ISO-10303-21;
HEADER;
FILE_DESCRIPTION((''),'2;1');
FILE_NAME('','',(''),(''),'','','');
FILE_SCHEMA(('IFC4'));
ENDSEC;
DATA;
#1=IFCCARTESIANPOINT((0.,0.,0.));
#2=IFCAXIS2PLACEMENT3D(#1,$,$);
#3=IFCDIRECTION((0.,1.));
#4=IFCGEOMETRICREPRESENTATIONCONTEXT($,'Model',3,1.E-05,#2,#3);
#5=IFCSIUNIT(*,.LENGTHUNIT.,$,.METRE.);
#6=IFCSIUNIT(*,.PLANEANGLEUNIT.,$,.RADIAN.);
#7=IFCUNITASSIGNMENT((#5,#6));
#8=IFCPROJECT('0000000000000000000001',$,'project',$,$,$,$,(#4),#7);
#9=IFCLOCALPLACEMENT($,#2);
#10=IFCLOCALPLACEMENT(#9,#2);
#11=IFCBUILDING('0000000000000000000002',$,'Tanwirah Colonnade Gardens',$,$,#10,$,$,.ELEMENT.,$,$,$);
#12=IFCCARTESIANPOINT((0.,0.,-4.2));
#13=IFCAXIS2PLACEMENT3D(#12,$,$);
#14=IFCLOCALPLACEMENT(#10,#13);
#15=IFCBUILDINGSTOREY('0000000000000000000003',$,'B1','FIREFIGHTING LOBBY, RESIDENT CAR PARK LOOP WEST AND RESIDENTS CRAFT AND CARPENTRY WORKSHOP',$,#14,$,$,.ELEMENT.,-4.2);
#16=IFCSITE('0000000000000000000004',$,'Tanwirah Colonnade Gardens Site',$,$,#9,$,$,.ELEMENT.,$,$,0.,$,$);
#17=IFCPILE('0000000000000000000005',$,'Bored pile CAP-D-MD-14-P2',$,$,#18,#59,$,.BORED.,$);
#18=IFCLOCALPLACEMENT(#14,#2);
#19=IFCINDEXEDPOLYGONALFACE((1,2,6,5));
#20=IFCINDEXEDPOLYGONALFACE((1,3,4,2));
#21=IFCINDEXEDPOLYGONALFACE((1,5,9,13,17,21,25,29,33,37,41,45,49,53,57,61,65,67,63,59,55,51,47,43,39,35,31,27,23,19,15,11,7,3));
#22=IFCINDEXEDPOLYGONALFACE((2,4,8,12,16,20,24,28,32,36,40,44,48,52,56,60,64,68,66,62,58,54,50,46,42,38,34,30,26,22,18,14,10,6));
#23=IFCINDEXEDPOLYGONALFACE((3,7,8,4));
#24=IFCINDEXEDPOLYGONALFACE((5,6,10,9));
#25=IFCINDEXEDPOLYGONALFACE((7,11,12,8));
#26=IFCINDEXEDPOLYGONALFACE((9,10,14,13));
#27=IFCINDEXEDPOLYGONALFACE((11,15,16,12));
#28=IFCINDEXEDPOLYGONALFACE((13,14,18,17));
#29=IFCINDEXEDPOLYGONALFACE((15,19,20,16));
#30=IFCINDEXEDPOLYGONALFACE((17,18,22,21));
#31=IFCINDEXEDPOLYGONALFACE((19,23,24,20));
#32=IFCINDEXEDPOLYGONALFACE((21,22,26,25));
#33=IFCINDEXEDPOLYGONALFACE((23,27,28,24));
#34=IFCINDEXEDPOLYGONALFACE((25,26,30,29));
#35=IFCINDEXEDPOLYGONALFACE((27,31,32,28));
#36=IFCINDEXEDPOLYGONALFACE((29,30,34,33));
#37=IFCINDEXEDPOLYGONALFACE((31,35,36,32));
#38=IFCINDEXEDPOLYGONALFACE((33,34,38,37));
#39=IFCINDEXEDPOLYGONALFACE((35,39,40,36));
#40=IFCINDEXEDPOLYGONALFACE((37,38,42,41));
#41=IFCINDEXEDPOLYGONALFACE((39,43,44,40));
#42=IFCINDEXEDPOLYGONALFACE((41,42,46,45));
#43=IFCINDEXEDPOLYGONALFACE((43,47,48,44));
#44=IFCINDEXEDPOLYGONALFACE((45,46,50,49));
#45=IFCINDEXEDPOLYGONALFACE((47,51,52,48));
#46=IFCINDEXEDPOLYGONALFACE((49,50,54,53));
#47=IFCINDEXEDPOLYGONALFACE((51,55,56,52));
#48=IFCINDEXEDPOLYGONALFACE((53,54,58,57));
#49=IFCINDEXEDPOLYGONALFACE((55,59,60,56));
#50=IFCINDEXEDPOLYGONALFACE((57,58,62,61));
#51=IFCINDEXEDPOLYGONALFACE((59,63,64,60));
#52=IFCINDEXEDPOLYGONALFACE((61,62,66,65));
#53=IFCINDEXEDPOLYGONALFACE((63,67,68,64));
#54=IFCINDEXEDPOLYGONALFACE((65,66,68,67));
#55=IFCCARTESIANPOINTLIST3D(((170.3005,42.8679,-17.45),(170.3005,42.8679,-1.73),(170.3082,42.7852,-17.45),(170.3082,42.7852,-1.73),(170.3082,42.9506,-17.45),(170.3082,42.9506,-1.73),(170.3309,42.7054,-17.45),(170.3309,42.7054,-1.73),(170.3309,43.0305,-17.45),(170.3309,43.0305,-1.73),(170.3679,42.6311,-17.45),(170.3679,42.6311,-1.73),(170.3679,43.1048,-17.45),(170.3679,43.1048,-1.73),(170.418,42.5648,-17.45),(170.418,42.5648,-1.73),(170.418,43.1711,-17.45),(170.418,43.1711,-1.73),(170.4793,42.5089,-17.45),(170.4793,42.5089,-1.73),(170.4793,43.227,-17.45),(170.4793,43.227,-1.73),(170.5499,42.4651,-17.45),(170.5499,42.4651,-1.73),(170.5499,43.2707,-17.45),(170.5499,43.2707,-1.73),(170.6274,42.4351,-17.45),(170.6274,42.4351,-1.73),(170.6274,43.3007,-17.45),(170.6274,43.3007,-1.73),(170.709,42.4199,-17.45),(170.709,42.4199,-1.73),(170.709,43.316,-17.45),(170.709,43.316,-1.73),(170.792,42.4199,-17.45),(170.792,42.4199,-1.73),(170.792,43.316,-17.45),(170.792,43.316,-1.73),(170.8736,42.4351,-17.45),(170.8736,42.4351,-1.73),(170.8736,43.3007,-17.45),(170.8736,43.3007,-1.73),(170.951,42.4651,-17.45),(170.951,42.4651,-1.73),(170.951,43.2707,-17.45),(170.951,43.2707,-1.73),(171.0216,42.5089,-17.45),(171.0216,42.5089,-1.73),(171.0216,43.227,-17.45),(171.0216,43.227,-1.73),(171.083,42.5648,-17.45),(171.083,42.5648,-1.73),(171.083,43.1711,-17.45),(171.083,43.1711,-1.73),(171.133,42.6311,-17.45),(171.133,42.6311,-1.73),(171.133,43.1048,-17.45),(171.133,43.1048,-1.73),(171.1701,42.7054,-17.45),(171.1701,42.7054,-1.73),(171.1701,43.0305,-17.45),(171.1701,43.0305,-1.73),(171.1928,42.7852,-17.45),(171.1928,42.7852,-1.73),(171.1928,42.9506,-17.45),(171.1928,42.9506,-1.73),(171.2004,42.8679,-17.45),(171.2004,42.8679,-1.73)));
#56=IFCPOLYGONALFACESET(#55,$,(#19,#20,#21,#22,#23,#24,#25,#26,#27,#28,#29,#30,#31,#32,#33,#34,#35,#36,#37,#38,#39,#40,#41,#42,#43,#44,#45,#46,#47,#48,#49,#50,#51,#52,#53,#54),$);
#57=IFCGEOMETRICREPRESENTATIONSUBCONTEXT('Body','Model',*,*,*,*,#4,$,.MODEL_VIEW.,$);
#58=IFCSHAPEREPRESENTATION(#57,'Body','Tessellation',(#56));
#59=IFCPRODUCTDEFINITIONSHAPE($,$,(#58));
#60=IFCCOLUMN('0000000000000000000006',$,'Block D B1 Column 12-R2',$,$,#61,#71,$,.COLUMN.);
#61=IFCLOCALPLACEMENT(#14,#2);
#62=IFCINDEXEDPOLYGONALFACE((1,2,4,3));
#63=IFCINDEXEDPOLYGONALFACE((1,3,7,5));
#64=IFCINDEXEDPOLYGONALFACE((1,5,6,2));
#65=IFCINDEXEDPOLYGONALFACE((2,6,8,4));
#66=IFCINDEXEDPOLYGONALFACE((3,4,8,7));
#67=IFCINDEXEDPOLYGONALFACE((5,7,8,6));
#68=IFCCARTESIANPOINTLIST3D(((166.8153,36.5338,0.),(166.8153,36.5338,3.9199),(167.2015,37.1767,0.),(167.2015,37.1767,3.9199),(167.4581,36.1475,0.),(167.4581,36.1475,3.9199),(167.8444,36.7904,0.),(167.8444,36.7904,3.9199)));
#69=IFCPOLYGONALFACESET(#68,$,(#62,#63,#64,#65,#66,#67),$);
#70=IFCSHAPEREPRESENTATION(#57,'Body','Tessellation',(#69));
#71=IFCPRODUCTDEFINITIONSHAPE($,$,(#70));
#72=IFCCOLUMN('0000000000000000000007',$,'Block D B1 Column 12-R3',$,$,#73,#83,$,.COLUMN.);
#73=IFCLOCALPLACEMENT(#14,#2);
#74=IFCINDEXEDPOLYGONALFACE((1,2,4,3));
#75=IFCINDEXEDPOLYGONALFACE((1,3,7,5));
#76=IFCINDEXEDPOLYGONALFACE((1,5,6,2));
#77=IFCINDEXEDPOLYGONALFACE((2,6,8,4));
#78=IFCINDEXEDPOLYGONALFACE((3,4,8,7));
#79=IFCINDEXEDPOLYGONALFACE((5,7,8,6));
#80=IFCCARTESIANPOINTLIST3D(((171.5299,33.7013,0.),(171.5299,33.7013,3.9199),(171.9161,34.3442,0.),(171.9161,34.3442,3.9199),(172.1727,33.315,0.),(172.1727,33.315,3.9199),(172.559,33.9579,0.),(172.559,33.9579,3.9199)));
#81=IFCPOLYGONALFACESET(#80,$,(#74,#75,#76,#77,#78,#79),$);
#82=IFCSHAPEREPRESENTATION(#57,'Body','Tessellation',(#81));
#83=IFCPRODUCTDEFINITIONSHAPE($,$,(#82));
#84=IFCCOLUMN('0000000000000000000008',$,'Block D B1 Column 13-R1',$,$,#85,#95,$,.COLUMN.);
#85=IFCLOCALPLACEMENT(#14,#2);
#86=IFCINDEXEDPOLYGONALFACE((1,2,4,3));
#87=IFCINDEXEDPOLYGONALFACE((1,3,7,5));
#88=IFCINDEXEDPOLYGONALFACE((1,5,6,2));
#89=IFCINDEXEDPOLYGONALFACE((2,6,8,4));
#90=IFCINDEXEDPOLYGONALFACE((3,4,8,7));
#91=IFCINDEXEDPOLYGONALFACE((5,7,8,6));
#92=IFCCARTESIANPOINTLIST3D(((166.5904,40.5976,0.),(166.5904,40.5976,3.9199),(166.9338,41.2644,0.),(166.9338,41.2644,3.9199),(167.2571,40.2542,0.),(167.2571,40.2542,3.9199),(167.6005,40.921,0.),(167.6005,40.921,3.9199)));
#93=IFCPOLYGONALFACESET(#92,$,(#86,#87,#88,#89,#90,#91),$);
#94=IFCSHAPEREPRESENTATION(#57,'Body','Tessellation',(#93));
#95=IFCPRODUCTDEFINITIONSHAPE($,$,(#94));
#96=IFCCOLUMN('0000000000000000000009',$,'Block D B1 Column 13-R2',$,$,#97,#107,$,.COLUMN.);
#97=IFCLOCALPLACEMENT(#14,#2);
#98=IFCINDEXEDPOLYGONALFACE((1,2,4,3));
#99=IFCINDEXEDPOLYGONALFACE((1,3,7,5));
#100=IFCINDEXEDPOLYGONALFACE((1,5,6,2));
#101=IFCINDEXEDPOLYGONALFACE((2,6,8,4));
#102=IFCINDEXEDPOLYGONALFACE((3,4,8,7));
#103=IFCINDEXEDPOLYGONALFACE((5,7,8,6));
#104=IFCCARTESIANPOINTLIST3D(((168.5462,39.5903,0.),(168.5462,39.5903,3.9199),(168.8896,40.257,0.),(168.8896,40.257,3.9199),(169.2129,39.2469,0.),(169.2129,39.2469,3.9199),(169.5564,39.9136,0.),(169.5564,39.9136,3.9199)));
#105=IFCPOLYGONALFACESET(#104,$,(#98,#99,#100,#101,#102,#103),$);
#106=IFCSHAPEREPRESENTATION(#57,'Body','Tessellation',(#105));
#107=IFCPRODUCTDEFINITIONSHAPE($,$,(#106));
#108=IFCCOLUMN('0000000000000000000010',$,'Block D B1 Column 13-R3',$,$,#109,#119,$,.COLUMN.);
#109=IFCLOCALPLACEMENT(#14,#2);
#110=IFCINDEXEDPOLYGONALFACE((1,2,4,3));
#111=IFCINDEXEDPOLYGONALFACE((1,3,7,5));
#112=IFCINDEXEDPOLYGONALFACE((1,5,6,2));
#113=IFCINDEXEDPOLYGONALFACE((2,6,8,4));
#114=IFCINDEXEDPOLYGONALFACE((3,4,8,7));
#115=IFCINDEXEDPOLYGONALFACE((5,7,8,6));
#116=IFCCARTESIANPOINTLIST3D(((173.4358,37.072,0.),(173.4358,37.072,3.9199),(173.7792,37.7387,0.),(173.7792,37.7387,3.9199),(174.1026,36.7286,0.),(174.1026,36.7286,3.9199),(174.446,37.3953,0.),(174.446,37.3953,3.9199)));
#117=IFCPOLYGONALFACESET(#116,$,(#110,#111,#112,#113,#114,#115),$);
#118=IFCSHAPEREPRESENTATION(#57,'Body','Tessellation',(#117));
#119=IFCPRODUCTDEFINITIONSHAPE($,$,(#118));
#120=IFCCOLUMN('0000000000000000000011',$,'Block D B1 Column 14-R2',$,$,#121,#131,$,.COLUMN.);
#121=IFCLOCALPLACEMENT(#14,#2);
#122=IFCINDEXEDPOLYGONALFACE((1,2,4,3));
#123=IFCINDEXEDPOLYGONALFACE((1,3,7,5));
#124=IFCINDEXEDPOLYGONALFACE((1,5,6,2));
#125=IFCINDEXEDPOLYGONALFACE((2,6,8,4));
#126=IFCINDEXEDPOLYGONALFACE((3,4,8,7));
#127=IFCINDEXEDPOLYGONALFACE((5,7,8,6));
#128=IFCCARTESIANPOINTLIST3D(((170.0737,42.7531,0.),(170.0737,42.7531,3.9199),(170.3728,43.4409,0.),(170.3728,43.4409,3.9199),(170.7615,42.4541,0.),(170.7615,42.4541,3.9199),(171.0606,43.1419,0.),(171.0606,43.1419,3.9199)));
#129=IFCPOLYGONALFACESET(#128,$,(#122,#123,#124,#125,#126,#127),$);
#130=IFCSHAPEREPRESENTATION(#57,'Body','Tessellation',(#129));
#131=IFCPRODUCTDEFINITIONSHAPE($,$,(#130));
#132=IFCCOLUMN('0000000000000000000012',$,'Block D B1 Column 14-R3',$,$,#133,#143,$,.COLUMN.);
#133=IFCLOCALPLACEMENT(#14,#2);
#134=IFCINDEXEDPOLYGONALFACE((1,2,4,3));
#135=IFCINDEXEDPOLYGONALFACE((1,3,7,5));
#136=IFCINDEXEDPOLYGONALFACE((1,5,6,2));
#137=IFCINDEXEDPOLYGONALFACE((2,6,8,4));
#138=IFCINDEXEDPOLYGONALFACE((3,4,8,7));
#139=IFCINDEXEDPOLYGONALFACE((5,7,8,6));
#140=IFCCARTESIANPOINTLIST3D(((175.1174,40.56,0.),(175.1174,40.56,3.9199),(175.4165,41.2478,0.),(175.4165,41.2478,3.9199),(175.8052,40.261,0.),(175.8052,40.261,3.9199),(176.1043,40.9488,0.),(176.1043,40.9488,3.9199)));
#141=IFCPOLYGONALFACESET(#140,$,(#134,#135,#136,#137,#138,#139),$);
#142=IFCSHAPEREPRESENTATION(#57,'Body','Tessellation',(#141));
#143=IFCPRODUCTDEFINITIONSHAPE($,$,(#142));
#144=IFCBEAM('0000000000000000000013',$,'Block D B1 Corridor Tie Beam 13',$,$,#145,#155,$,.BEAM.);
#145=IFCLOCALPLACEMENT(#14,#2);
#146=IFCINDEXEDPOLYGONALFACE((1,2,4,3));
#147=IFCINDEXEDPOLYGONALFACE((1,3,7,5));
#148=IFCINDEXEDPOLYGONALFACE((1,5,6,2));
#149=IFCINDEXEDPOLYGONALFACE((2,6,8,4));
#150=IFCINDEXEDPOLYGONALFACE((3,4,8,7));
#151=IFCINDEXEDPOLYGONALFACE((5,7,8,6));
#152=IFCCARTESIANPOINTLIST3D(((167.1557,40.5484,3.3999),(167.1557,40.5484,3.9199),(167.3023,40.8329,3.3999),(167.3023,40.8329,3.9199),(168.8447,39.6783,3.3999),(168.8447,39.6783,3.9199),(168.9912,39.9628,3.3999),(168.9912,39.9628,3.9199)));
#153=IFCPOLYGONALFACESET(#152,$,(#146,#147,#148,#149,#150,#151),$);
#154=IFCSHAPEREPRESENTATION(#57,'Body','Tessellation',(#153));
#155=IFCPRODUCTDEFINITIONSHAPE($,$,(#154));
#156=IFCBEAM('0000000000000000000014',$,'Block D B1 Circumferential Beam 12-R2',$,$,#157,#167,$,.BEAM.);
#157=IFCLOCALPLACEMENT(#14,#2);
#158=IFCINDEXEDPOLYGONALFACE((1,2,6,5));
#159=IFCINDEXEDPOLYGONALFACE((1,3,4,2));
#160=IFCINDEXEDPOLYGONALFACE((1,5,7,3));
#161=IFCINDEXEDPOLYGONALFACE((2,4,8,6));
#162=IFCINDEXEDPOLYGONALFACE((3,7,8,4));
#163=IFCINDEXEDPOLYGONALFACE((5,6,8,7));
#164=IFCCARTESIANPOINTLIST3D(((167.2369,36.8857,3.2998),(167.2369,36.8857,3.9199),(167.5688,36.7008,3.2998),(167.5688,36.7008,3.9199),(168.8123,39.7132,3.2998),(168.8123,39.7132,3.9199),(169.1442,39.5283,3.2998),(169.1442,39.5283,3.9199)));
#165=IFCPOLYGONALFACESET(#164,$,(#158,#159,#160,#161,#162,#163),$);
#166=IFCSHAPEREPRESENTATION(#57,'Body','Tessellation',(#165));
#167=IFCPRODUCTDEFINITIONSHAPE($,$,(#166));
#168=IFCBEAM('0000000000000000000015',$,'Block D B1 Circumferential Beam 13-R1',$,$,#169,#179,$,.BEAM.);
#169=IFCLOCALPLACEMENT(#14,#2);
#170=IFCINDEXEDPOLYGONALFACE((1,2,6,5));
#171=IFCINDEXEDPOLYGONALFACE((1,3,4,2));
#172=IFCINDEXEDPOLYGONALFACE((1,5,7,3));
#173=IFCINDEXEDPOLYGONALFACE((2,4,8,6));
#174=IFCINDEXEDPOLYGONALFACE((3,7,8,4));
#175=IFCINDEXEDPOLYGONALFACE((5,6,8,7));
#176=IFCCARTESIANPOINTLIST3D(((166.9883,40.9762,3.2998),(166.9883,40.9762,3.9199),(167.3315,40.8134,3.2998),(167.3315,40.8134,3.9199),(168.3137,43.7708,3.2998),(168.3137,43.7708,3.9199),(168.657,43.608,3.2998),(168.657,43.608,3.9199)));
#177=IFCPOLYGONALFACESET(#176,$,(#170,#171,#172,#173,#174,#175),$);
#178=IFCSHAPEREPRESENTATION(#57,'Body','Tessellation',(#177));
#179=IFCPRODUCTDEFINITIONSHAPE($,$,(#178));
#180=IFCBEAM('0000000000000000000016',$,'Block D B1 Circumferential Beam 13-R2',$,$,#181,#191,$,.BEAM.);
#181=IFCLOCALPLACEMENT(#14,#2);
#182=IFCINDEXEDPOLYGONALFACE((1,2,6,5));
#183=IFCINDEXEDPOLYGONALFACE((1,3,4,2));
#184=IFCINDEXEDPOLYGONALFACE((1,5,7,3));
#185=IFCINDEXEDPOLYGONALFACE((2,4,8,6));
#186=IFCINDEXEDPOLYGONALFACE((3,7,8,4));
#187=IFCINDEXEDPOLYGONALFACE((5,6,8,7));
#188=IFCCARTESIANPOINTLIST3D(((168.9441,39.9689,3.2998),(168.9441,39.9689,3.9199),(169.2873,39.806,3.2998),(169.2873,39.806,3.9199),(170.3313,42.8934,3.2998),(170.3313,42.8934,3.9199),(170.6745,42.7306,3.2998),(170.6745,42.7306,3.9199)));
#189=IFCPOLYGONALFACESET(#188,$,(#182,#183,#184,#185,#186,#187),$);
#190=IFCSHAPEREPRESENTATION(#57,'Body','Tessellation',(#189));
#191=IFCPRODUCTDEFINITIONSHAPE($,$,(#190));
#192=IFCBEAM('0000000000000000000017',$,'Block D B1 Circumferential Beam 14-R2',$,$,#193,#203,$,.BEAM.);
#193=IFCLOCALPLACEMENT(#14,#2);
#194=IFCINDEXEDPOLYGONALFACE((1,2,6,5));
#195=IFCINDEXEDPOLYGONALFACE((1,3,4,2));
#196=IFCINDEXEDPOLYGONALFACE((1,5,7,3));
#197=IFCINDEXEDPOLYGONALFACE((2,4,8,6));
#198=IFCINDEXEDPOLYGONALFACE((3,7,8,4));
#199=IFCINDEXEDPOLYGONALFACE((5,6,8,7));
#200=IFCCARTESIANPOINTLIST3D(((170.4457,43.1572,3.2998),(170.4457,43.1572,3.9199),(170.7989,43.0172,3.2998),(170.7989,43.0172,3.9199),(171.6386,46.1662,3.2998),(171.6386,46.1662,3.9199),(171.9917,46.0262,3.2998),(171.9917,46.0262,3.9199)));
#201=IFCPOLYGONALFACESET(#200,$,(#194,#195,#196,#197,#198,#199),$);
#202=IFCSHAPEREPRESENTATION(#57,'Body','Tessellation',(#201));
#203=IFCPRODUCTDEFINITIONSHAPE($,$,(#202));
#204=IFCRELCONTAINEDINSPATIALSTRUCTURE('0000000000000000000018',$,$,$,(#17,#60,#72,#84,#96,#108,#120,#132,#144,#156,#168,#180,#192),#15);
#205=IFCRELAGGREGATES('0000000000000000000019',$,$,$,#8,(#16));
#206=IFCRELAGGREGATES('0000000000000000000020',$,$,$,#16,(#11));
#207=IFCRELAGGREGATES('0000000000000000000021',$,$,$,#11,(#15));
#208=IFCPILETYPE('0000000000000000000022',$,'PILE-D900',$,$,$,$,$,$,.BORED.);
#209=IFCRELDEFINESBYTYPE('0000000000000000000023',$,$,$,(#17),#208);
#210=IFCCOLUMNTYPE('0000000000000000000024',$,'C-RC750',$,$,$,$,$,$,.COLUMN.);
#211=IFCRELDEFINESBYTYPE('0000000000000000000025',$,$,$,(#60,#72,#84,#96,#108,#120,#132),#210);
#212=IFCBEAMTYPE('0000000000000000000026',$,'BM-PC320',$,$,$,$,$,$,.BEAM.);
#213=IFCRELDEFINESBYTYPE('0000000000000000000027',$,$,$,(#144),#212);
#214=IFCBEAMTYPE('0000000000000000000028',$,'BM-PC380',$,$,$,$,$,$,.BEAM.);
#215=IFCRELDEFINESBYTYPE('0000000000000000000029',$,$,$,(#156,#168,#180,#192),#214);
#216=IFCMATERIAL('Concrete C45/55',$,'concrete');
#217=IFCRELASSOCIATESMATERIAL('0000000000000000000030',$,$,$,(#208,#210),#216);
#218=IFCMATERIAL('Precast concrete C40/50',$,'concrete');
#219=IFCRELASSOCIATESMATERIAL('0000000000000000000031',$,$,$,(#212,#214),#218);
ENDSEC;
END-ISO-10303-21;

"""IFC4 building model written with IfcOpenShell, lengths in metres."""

from ifc_helpers import new_model, si_unit, direction, frame, origin, origin_2d, place, context, subcontext, project, spatial, rectangle, circle, extrude, material, material_profile, profile_set, type_object, element, save


model = new_model("IFC4")

# Units and contexts
model_context = context("Model", 3, precision=1e-05, world=origin(), true_north=direction((0.0, 1.0)))
body_context = subcontext(model_context, "Body", "Model", "MODEL_VIEW")
ifc_project = project(units=[si_unit("LENGTHUNIT", "METRE"), si_unit("PLANEANGLEUNIT", "RADIAN")], contexts=[model_context])

# Site, building, storey
site_placement = place(None, origin())
site = spatial("IfcSite", under=ifc_project, at=site_placement, Name="Tanwirah Colonnade Gardens Site", CompositionType="ELEMENT", RefElevation=0.0)
building_placement = place(site_placement, origin())
building = spatial("IfcBuilding", under=site, at=building_placement, Name="Tanwirah Colonnade Gardens", CompositionType="ELEMENT")
storey_placement = place(building_placement, frame((0.0, 0.0, -4.2)))
storey = spatial("IfcBuildingStorey", under=building, at=storey_placement, Name="B1", Description="FIREFIGHTING LOBBY, RESIDENT CAR PARK LOOP WEST AND RESIDENTS CRAFT AND CARPENTRY WORKSHOP", CompositionType="ELEMENT", Elevation=-4.2)

# Shared definitions
ifc_material_1 = material(Name="Concrete C45/55", Category="concrete")

# Pile
ifc_material_profile_1 = material_profile(ifc_material_1, circle(Radius=0.45, at=origin_2d()), Name="PILE D900")
ifc_profile_set_1 = profile_set([ifc_material_profile_1], Name="Concrete C45/55")
pile_type_1 = type_object("IfcPileType", Name="PILE-D900", PredefinedType="BORED", material=ifc_profile_set_1)
for number, where, z_axis, x_axis, name in (
    (1, (170.7505, 42.8679, -1.73), (0.0, 0.0, -1.0), (1.0, 0.0, 0.0), "Bored pile CAP-D-MD-14-P2"),
):
    element("IfcPile", number, at=place(storey_placement, frame(where, z_axis=z_axis, x_axis=x_axis)), inside=storey, type_object=pile_type_1, Name=name, PredefinedType="BORED", context=body_context, shape_type="SweptSolid", body=[
        extrude(circle(Radius=0.45, at=origin_2d()), origin(), (0.0, 0.0, 1.0), 15.72),
    ])

# Columns
ifc_material_profile_2 = material_profile(ifc_material_1, rectangle(XDim=0.75, YDim=0.75, at=origin_2d()), Name="RC-COL 750x750")
ifc_profile_set_2 = profile_set([ifc_material_profile_2], Name="Concrete C45/55")
column_type = type_object("IfcColumnType", Name="C-RC750", PredefinedType="COLUMN", material=ifc_profile_set_2)
for number, where, z_axis, x_axis, name in (
    (2, (167.3298, 36.6621, 0.0), (0.0, 0.0, 1.0), (0.857167, -0.515038, 0.0), "Block D B1 Column 12-R2"),
    (3, (172.0444, 33.8296, 0.0), (0.0, 0.0, 1.0), (0.857167, -0.515038, 0.0), "Block D B1 Column 12-R3"),
    (4, (167.0955, 40.7593, 0.0), (0.0, 0.0, 1.0), (0.889017, -0.457874, 0.0), "Block D B1 Column 13-R1"),
    (5, (169.0513, 39.752, 0.0), (0.0, 0.0, 1.0), (0.889017, -0.457874, 0.0), "Block D B1 Column 13-R2"),
    (6, (173.9409, 37.2336, 0.0), (0.0, 0.0, 1.0), (0.889017, -0.457874, 0.0), "Block D B1 Column 13-R3"),
    (7, (170.5671, 42.9475, 0.0), (0.0, 0.0, 1.0), (0.91706, -0.398749, 0.0), "Block D B1 Column 14-R2"),
    (8, (175.6108, 40.7544, 0.0), (0.0, 0.0, 1.0), (0.91706, -0.398749, 0.0), "Block D B1 Column 14-R3"),
):
    element("IfcColumn", number, at=place(storey_placement, frame(where, z_axis=z_axis, x_axis=x_axis)), inside=storey, type_object=column_type, Name=name, PredefinedType="COLUMN", context=body_context, shape_type="SweptSolid", body=[
        extrude(rectangle(XDim=0.75, YDim=0.75, at=origin_2d()), origin(), (0.0, 0.0, 1.0), 3.9199),
    ])

# Beams
ifc_material_2 = material(Name="Precast concrete C40/50", Category="concrete")
ifc_material_profile_3 = material_profile(ifc_material_2, rectangle(XDim=0.3201, YDim=0.52, at=origin_2d()), Name="PC-BM 320x520")
ifc_profile_set_3 = profile_set([ifc_material_profile_3], Name="Precast concrete C40/50")
beam_type_1 = type_object("IfcBeamType", Name="BM-PC320", PredefinedType="BEAM", material=ifc_profile_set_3)
beam_1_placement = place(storey_placement, frame((167.229, 40.6907, 3.6599), z_axis=(0.888965, -0.457975, 0.0), x_axis=(0.457975, 0.888965, 0.0)))
element("IfcBeam", 9, at=beam_1_placement, inside=storey, type_object=beam_type_1, Name="Block D B1 Corridor Tie Beam 13", PredefinedType="BEAM", context=body_context, shape_type="SweptSolid", body=[
    extrude(rectangle(XDim=0.3201, YDim=0.52, at=origin_2d()), origin(), (0.0, 0.0, 1.0), 1.8999),
])
ifc_material_profile_4 = material_profile(ifc_material_2, rectangle(XDim=0.3799, YDim=0.6201, at=origin_2d()), Name="PC-BM 380x620")
ifc_profile_set_4 = profile_set([ifc_material_profile_4], Name="Precast concrete C40/50")
beam_type_2 = type_object("IfcBeamType", Name="BM-PC380", PredefinedType="BEAM", material=ifc_profile_set_4)
beam_2_placement = place(storey_placement, frame((167.4028, 36.7932, 3.6099), z_axis=(0.486712, 0.873562, 0.0), x_axis=(-0.873562, 0.486712, 0.0)))
element("IfcBeam", 10, at=beam_2_placement, inside=storey, type_object=beam_type_2, Name="Block D B1 Circumferential Beam 12-R2", PredefinedType="BEAM", context=body_context, shape_type="SweptSolid", body=[
    extrude(rectangle(XDim=0.3799, YDim=0.6201, at=origin_2d()), origin(), (0.0, 0.0, 1.0), 3.2368),
])
beam_3_placement = place(storey_placement, frame((167.1599, 40.8948, 3.6099), z_axis=(0.428521, 0.903532, 0.0), x_axis=(-0.903532, 0.428521, 0.0)))
element("IfcBeam", 11, at=beam_3_placement, inside=storey, type_object=beam_type_2, Name="Block D B1 Circumferential Beam 13-R1", PredefinedType="BEAM", context=body_context, shape_type="SweptSolid", body=[
    extrude(rectangle(XDim=0.3799, YDim=0.6201, at=origin_2d()), origin(), (0.0, 0.0, 1.0), 3.093),
])
for number, where, z_axis, x_axis, name in (
    (12, (169.1157, 39.8875, 3.6099), (0.428563, 0.903512, 0.0), (-0.903512, 0.428563, 0.0), "Block D B1 Circumferential Beam 13-R2"),
    (13, (170.6223, 43.0872, 3.6099), (0.368528, 0.929617, 0.0), (-0.929617, 0.368528, 0.0), "Block D B1 Circumferential Beam 14-R2"),
):
    element("IfcBeam", number, at=place(storey_placement, frame(where, z_axis=z_axis, x_axis=x_axis)), inside=storey, type_object=beam_type_2, Name=name, PredefinedType="BEAM", context=body_context, shape_type="SweptSolid", body=[
        extrude(rectangle(XDim=0.3799, YDim=0.6201, at=origin_2d()), origin(), (0.0, 0.0, 1.0), 3.2368),
    ])

save(model, "model.ifc")
